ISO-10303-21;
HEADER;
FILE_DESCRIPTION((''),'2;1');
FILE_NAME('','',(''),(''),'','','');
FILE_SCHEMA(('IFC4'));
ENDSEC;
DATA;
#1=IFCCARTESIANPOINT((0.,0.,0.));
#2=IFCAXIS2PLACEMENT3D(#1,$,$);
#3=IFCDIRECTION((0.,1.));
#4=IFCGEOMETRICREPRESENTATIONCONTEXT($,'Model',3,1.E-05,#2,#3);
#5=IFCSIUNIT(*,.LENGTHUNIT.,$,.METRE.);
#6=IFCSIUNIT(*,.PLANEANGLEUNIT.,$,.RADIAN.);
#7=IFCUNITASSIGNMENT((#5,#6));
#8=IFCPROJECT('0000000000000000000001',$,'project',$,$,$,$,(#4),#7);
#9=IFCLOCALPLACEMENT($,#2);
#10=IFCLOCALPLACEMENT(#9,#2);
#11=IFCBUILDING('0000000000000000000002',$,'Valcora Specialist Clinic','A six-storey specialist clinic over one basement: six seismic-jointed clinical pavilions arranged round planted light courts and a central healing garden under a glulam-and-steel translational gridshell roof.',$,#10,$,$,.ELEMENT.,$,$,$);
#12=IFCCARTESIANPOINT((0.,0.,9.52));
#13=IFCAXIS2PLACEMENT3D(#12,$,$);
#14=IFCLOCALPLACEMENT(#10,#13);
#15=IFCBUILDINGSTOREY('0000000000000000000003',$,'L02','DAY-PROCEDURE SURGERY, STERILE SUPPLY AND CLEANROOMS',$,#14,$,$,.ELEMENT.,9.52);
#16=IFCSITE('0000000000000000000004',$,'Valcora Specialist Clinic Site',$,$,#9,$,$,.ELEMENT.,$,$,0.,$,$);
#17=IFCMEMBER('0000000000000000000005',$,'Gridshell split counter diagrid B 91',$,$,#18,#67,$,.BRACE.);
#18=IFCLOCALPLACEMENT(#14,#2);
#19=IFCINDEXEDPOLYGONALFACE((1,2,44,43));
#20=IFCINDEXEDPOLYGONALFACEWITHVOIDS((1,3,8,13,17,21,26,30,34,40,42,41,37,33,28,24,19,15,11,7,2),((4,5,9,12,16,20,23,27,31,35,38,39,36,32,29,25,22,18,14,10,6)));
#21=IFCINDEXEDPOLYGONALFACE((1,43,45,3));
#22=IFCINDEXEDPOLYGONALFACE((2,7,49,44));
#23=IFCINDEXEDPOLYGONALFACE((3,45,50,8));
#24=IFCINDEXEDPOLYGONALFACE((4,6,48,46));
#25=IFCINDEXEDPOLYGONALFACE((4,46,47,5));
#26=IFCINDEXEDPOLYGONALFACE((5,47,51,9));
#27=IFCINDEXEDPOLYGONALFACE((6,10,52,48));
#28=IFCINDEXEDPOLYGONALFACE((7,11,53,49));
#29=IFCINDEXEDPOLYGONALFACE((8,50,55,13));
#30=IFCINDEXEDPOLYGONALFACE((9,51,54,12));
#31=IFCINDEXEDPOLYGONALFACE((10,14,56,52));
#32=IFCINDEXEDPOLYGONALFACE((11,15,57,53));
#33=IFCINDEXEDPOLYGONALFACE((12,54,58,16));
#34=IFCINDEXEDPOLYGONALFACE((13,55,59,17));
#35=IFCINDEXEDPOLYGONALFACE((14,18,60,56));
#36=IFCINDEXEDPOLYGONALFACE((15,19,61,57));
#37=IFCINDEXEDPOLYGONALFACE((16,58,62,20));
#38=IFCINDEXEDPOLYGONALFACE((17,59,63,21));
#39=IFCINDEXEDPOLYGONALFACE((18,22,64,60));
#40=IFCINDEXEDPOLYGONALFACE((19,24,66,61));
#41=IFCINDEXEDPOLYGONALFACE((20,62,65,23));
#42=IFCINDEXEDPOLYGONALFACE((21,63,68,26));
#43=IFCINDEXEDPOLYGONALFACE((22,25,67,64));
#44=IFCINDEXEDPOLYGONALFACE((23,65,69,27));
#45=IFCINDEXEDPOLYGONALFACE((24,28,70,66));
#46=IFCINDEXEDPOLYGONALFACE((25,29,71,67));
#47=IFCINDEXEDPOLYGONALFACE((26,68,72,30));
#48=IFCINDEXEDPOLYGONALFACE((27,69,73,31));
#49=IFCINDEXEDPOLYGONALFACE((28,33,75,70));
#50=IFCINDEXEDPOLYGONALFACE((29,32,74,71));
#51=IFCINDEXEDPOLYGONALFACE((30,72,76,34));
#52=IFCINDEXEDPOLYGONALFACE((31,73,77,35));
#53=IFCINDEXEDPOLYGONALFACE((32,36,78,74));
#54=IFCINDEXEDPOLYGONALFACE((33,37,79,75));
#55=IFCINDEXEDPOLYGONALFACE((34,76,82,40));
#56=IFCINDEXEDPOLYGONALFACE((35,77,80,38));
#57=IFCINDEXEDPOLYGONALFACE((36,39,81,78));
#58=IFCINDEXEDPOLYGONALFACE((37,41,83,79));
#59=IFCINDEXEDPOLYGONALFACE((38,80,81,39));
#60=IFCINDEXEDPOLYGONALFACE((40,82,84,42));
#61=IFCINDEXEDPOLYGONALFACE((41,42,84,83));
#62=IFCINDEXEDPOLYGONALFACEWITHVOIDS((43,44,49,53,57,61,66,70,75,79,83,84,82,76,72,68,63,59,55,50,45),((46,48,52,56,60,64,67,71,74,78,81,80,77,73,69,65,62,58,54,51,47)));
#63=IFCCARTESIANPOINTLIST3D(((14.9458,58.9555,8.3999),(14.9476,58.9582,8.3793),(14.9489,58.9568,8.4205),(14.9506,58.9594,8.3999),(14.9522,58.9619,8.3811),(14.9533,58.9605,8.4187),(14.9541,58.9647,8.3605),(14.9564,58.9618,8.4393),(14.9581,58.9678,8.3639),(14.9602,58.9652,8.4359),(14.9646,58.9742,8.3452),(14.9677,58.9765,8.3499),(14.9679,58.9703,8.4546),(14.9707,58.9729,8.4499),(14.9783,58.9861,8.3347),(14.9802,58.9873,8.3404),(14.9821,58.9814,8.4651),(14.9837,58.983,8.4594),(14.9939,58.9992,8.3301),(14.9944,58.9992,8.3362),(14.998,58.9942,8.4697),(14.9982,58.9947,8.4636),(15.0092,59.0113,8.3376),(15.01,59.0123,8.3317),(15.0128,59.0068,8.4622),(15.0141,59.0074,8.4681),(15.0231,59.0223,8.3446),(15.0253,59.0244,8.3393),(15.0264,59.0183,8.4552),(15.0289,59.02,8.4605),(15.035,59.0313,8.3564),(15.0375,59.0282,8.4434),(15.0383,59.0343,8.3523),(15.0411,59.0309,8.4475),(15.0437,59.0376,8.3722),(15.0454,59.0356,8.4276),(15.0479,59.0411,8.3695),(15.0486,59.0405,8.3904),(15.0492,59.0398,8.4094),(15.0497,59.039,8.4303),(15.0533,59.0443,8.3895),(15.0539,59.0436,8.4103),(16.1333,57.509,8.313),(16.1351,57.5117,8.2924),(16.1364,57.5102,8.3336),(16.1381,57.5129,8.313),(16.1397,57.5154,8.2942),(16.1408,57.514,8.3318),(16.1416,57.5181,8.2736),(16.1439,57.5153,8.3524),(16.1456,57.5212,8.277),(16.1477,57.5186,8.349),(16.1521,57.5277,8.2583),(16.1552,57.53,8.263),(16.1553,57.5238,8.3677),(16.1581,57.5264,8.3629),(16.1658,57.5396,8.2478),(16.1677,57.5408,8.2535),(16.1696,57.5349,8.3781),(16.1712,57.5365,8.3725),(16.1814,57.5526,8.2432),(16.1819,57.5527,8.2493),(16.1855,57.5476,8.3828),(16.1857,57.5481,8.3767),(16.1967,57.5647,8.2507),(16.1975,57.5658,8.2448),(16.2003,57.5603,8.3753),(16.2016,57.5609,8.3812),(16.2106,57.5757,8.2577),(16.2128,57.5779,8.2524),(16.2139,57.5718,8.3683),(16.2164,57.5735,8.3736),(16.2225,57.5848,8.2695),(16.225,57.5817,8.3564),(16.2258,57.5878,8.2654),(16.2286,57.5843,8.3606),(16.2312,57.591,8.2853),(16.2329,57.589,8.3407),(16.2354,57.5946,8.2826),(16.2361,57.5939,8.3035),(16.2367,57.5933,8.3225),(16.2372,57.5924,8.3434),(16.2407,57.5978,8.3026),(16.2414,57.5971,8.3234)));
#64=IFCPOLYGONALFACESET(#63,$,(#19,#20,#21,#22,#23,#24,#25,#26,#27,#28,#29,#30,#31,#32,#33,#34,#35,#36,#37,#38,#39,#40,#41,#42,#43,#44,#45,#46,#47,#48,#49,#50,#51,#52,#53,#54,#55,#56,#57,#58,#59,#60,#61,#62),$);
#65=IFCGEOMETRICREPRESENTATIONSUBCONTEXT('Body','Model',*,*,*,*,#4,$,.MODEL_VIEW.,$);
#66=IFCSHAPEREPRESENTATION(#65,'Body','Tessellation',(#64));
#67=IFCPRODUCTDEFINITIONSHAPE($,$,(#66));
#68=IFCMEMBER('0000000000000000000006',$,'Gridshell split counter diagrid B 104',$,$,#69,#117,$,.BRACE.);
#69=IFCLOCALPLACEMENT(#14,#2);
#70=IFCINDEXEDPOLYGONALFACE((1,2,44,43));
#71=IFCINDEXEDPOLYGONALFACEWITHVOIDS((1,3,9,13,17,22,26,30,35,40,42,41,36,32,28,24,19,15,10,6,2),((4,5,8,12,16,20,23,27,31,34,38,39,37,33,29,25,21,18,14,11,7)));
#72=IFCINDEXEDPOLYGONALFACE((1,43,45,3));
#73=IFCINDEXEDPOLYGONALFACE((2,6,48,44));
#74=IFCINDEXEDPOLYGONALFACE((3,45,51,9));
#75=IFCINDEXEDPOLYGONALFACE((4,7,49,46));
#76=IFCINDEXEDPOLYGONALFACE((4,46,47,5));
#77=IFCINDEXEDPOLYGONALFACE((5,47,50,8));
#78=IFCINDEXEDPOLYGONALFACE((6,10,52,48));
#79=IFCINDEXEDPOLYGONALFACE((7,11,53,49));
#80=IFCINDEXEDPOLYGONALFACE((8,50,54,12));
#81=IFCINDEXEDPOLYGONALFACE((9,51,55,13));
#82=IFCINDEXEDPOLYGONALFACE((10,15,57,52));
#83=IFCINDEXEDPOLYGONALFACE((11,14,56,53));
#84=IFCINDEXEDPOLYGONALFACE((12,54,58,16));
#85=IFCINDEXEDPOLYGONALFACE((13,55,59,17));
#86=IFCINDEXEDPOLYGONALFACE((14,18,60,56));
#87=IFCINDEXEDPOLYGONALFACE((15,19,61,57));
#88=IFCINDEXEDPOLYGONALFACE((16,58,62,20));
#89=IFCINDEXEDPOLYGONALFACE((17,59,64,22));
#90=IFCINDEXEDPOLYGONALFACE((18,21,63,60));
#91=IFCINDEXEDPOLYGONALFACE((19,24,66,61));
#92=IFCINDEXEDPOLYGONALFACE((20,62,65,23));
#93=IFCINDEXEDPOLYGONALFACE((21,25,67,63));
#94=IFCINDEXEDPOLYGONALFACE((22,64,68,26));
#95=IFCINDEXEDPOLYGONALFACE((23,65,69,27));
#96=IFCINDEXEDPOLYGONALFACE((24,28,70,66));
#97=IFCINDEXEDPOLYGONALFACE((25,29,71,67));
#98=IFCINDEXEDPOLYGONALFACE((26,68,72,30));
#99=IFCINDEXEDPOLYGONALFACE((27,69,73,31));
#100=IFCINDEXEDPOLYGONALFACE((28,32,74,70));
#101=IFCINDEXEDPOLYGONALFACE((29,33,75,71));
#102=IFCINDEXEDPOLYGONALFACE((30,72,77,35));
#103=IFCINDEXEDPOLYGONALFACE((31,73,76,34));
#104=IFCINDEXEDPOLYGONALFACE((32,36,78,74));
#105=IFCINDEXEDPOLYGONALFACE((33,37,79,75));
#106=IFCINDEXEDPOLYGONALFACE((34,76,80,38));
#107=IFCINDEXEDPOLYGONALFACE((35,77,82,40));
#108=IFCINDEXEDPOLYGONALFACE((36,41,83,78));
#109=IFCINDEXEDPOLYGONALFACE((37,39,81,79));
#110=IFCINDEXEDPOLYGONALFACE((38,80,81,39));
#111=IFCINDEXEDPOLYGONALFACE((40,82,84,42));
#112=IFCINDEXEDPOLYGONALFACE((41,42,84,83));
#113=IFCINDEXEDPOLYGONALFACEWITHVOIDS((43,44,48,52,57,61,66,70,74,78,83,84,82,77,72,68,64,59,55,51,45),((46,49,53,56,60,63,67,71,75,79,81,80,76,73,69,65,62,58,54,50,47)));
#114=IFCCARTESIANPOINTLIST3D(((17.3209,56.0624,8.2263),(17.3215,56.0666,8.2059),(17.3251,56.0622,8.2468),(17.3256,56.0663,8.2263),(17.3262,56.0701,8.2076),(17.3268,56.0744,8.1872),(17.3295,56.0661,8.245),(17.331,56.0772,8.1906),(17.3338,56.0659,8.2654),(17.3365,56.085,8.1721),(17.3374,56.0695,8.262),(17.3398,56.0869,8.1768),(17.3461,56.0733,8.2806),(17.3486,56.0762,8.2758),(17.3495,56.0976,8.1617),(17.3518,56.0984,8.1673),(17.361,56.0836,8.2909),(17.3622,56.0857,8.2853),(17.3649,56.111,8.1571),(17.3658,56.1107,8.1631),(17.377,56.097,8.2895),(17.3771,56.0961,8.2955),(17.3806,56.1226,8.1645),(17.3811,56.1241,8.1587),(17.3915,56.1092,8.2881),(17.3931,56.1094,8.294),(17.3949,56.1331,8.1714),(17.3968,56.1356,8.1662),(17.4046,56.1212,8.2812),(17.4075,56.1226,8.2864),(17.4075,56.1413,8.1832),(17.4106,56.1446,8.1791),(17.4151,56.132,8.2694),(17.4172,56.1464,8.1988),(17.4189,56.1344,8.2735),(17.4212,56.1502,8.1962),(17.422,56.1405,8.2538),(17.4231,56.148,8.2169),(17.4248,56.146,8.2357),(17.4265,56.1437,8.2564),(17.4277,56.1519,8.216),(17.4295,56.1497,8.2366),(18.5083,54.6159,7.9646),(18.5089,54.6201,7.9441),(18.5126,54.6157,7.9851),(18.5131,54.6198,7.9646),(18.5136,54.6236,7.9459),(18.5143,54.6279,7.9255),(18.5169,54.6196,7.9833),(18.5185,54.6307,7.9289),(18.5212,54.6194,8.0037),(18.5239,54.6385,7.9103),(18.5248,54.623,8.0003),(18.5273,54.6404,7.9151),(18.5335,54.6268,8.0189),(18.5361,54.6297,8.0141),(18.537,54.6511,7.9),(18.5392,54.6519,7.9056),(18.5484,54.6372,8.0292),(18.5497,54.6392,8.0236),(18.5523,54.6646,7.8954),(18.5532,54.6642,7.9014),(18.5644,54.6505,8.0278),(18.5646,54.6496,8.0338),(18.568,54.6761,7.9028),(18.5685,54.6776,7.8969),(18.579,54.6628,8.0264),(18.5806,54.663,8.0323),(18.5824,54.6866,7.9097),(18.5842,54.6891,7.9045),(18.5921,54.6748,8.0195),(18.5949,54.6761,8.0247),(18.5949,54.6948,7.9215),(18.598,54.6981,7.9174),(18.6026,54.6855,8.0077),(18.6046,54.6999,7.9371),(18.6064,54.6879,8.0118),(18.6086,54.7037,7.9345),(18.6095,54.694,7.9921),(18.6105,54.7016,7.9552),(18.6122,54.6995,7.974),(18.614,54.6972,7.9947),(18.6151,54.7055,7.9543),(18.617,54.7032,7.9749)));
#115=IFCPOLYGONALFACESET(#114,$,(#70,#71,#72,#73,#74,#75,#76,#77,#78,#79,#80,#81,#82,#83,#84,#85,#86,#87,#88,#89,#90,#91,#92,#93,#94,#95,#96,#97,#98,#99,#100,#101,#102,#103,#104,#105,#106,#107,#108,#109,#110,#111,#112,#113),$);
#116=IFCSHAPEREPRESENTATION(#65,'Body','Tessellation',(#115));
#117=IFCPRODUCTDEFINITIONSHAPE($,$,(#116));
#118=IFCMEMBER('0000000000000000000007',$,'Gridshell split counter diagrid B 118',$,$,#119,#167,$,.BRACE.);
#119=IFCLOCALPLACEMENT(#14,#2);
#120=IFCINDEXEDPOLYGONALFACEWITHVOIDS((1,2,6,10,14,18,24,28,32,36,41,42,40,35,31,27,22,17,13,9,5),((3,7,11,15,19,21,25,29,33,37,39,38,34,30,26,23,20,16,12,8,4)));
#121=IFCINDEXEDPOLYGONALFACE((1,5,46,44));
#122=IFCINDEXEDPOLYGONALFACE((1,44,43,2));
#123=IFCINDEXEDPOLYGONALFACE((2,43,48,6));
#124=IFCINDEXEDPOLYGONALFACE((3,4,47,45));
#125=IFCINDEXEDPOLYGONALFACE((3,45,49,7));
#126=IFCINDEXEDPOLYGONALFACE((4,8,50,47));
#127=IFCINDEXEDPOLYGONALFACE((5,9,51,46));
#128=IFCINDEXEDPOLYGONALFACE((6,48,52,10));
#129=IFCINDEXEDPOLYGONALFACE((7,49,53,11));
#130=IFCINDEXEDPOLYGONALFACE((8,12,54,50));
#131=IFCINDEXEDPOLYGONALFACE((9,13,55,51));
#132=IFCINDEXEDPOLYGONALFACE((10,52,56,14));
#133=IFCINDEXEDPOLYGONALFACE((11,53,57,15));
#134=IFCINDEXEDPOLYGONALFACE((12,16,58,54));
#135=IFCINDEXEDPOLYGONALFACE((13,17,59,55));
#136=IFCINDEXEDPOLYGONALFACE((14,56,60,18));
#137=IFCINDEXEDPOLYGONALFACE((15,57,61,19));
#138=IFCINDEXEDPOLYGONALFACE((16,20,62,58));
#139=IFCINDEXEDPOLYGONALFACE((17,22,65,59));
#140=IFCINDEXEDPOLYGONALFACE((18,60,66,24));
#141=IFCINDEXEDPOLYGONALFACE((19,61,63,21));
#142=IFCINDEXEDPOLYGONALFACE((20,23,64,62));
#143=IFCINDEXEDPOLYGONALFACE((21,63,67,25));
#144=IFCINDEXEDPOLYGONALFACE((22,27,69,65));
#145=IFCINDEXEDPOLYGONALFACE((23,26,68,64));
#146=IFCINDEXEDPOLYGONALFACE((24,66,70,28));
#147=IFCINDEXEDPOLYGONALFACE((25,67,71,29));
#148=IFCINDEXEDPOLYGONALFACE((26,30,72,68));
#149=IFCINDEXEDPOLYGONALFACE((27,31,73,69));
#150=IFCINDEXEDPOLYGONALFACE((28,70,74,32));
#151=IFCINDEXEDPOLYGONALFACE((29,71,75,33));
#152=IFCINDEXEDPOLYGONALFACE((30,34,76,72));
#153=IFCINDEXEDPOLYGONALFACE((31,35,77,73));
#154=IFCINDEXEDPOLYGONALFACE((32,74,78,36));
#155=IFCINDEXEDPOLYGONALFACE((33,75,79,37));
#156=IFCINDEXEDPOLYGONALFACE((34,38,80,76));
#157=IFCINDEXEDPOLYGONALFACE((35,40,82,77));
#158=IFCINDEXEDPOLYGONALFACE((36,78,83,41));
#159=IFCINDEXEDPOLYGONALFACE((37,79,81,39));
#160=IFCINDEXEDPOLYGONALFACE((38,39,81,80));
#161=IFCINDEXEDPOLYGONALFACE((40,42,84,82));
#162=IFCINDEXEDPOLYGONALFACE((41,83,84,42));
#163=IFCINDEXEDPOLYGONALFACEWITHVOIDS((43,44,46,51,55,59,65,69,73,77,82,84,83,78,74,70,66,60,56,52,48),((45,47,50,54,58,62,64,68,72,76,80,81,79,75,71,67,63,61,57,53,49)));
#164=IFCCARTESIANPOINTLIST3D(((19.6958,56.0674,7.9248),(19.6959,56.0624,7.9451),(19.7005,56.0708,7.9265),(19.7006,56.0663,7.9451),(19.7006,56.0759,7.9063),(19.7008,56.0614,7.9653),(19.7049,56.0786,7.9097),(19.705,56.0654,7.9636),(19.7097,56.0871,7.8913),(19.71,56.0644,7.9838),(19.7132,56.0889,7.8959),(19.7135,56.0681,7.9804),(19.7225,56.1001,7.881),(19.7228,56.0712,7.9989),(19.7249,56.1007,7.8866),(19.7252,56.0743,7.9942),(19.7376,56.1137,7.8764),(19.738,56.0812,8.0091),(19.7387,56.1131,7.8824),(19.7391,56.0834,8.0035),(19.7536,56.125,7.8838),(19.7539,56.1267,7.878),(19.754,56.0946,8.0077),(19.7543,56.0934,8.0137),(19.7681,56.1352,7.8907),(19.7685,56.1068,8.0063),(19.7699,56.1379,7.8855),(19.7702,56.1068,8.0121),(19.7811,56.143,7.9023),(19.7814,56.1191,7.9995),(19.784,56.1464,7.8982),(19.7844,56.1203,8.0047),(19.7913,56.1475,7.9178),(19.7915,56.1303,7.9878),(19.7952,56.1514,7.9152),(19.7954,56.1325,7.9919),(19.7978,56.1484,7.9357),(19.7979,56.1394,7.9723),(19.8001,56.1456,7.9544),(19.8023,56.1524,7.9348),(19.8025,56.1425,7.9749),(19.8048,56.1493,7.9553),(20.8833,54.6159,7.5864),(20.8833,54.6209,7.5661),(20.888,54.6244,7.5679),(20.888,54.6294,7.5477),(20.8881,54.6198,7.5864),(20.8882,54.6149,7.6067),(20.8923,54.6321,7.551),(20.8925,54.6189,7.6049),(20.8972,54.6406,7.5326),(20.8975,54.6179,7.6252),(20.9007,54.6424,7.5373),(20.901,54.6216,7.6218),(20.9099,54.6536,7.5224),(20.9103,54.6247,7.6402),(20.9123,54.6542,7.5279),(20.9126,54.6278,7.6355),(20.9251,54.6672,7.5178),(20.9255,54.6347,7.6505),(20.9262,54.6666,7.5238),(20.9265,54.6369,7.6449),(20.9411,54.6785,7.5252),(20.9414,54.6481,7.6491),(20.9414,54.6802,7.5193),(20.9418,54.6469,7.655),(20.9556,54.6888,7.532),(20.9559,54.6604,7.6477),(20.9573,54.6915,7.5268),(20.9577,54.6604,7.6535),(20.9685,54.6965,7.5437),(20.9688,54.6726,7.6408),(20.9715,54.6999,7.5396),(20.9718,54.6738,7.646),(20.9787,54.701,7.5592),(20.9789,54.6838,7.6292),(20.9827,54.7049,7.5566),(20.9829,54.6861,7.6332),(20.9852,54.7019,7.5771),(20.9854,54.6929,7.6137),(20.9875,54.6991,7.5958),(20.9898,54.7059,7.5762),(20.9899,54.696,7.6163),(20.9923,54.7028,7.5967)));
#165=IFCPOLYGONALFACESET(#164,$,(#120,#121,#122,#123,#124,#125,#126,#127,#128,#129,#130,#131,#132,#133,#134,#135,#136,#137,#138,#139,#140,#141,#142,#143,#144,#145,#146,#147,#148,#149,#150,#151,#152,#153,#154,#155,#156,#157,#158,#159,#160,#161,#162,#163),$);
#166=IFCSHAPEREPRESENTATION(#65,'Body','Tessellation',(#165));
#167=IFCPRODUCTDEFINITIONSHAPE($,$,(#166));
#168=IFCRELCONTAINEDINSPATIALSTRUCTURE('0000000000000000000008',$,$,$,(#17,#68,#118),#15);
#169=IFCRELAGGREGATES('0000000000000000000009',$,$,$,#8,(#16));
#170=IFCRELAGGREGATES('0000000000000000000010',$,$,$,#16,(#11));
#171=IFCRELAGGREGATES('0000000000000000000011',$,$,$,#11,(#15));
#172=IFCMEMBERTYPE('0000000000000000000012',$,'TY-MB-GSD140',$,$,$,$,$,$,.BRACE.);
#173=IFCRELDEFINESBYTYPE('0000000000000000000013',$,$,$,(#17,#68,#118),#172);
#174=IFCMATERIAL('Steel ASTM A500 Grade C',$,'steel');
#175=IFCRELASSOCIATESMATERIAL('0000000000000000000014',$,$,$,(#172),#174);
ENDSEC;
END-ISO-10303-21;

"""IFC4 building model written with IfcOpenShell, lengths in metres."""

from ifc_helpers import new_model, si_unit, direction, frame, origin, origin_2d, place, context, subcontext, project, spatial, hollow_circle, extrude, material, material_profile, profile_set, type_object, element, save


model = new_model("IFC4")

# Units and contexts
model_context = context("Model", 3, precision=1e-05, world=origin(), true_north=direction((0.0, 1.0)))
body_context = subcontext(model_context, "Body", "Model", "MODEL_VIEW")
ifc_project = project(units=[si_unit("LENGTHUNIT", "METRE"), si_unit("PLANEANGLEUNIT", "RADIAN")], contexts=[model_context])

# Site, building, storey
site_placement = place(None, origin())
site = spatial("IfcSite", under=ifc_project, at=site_placement, Name="Valcora Specialist Clinic Site", CompositionType="ELEMENT", RefElevation=0.0)
building_placement = place(site_placement, origin())
building = spatial("IfcBuilding", under=site, at=building_placement, Name="Valcora Specialist Clinic", Description="A six-storey specialist clinic over one basement: six seismic-jointed clinical pavilions arranged round planted light courts and a central healing garden under a glulam-and-steel translational gridshell roof.", CompositionType="ELEMENT")
storey_placement = place(building_placement, frame((0.0, 0.0, 9.52)))
storey = spatial("IfcBuildingStorey", under=building, at=storey_placement, Name="L02", Description="DAY-PROCEDURE SURGERY, STERILE SUPPLY AND CLEANROOMS", CompositionType="ELEMENT", Elevation=9.52)

# Members
ifc_material_1 = material(Name="Steel ASTM A500 Grade C", Category="steel")
ifc_material_profile_1 = material_profile(ifc_material_1, hollow_circle(Radius=0.0701, WallThickness=0.0061, at=origin_2d()), Name="ST-CHS-140X6")
ifc_profile_set_1 = profile_set([ifc_material_profile_1], Name="Steel ASTM A500 Grade C")
member_type_1 = type_object("IfcMemberType", Name="TY-MB-GSD140", PredefinedType="BRACE", material=ifc_profile_set_1)
member_1_placement = place(storey_placement, frame((16.1875, 57.5535, 8.313), z_axis=(-0.633825, 0.772084, 0.04639), x_axis=(-0.772916, -0.634508, 0.0)))
element("IfcMember", 1, at=member_1_placement, inside=storey, type_object=member_type_1, Name="Gridshell split counter diagrid B 91", PredefinedType="BRACE", context=body_context, shape_type="SweptSolid", body=[
    extrude(hollow_circle(Radius=0.0701, WallThickness=0.0061, at=origin_2d()), origin(), (0.0, 0.0, 1.0), 1.8735),
])
member_2_placement = place(storey_placement, frame((18.5625, 54.6604, 7.9646), z_axis=(-0.628394, 0.765467, 0.138495), x_axis=(-0.772916, -0.634508, 0.0)))
element("IfcMember", 2, at=member_2_placement, inside=storey, type_object=member_type_1, Name="Gridshell split counter diagrid B 104", PredefinedType="BRACE", context=body_context, shape_type="SweptSolid", body=[
    extrude(hollow_circle(Radius=0.0701, WallThickness=0.0061, at=origin_2d()), origin(), (0.0, 0.0, 1.0), 1.8896),
])
member_3_placement = place(storey_placement, frame((20.9375, 54.6604, 7.5864), z_axis=(-0.62317, 0.759103, 0.188206), x_axis=(-0.772916, -0.634508, 0.0)))
element("IfcMember", 3, at=member_3_placement, inside=storey, type_object=member_type_1, Name="Gridshell split counter diagrid B 118", PredefinedType="BRACE", context=body_context, shape_type="SweptSolid", body=[
    extrude(hollow_circle(Radius=0.0701, WallThickness=0.0061, at=origin_2d()), origin(), (0.0, 0.0, 1.0), 1.9055),
])

save(model, "model.ifc")
